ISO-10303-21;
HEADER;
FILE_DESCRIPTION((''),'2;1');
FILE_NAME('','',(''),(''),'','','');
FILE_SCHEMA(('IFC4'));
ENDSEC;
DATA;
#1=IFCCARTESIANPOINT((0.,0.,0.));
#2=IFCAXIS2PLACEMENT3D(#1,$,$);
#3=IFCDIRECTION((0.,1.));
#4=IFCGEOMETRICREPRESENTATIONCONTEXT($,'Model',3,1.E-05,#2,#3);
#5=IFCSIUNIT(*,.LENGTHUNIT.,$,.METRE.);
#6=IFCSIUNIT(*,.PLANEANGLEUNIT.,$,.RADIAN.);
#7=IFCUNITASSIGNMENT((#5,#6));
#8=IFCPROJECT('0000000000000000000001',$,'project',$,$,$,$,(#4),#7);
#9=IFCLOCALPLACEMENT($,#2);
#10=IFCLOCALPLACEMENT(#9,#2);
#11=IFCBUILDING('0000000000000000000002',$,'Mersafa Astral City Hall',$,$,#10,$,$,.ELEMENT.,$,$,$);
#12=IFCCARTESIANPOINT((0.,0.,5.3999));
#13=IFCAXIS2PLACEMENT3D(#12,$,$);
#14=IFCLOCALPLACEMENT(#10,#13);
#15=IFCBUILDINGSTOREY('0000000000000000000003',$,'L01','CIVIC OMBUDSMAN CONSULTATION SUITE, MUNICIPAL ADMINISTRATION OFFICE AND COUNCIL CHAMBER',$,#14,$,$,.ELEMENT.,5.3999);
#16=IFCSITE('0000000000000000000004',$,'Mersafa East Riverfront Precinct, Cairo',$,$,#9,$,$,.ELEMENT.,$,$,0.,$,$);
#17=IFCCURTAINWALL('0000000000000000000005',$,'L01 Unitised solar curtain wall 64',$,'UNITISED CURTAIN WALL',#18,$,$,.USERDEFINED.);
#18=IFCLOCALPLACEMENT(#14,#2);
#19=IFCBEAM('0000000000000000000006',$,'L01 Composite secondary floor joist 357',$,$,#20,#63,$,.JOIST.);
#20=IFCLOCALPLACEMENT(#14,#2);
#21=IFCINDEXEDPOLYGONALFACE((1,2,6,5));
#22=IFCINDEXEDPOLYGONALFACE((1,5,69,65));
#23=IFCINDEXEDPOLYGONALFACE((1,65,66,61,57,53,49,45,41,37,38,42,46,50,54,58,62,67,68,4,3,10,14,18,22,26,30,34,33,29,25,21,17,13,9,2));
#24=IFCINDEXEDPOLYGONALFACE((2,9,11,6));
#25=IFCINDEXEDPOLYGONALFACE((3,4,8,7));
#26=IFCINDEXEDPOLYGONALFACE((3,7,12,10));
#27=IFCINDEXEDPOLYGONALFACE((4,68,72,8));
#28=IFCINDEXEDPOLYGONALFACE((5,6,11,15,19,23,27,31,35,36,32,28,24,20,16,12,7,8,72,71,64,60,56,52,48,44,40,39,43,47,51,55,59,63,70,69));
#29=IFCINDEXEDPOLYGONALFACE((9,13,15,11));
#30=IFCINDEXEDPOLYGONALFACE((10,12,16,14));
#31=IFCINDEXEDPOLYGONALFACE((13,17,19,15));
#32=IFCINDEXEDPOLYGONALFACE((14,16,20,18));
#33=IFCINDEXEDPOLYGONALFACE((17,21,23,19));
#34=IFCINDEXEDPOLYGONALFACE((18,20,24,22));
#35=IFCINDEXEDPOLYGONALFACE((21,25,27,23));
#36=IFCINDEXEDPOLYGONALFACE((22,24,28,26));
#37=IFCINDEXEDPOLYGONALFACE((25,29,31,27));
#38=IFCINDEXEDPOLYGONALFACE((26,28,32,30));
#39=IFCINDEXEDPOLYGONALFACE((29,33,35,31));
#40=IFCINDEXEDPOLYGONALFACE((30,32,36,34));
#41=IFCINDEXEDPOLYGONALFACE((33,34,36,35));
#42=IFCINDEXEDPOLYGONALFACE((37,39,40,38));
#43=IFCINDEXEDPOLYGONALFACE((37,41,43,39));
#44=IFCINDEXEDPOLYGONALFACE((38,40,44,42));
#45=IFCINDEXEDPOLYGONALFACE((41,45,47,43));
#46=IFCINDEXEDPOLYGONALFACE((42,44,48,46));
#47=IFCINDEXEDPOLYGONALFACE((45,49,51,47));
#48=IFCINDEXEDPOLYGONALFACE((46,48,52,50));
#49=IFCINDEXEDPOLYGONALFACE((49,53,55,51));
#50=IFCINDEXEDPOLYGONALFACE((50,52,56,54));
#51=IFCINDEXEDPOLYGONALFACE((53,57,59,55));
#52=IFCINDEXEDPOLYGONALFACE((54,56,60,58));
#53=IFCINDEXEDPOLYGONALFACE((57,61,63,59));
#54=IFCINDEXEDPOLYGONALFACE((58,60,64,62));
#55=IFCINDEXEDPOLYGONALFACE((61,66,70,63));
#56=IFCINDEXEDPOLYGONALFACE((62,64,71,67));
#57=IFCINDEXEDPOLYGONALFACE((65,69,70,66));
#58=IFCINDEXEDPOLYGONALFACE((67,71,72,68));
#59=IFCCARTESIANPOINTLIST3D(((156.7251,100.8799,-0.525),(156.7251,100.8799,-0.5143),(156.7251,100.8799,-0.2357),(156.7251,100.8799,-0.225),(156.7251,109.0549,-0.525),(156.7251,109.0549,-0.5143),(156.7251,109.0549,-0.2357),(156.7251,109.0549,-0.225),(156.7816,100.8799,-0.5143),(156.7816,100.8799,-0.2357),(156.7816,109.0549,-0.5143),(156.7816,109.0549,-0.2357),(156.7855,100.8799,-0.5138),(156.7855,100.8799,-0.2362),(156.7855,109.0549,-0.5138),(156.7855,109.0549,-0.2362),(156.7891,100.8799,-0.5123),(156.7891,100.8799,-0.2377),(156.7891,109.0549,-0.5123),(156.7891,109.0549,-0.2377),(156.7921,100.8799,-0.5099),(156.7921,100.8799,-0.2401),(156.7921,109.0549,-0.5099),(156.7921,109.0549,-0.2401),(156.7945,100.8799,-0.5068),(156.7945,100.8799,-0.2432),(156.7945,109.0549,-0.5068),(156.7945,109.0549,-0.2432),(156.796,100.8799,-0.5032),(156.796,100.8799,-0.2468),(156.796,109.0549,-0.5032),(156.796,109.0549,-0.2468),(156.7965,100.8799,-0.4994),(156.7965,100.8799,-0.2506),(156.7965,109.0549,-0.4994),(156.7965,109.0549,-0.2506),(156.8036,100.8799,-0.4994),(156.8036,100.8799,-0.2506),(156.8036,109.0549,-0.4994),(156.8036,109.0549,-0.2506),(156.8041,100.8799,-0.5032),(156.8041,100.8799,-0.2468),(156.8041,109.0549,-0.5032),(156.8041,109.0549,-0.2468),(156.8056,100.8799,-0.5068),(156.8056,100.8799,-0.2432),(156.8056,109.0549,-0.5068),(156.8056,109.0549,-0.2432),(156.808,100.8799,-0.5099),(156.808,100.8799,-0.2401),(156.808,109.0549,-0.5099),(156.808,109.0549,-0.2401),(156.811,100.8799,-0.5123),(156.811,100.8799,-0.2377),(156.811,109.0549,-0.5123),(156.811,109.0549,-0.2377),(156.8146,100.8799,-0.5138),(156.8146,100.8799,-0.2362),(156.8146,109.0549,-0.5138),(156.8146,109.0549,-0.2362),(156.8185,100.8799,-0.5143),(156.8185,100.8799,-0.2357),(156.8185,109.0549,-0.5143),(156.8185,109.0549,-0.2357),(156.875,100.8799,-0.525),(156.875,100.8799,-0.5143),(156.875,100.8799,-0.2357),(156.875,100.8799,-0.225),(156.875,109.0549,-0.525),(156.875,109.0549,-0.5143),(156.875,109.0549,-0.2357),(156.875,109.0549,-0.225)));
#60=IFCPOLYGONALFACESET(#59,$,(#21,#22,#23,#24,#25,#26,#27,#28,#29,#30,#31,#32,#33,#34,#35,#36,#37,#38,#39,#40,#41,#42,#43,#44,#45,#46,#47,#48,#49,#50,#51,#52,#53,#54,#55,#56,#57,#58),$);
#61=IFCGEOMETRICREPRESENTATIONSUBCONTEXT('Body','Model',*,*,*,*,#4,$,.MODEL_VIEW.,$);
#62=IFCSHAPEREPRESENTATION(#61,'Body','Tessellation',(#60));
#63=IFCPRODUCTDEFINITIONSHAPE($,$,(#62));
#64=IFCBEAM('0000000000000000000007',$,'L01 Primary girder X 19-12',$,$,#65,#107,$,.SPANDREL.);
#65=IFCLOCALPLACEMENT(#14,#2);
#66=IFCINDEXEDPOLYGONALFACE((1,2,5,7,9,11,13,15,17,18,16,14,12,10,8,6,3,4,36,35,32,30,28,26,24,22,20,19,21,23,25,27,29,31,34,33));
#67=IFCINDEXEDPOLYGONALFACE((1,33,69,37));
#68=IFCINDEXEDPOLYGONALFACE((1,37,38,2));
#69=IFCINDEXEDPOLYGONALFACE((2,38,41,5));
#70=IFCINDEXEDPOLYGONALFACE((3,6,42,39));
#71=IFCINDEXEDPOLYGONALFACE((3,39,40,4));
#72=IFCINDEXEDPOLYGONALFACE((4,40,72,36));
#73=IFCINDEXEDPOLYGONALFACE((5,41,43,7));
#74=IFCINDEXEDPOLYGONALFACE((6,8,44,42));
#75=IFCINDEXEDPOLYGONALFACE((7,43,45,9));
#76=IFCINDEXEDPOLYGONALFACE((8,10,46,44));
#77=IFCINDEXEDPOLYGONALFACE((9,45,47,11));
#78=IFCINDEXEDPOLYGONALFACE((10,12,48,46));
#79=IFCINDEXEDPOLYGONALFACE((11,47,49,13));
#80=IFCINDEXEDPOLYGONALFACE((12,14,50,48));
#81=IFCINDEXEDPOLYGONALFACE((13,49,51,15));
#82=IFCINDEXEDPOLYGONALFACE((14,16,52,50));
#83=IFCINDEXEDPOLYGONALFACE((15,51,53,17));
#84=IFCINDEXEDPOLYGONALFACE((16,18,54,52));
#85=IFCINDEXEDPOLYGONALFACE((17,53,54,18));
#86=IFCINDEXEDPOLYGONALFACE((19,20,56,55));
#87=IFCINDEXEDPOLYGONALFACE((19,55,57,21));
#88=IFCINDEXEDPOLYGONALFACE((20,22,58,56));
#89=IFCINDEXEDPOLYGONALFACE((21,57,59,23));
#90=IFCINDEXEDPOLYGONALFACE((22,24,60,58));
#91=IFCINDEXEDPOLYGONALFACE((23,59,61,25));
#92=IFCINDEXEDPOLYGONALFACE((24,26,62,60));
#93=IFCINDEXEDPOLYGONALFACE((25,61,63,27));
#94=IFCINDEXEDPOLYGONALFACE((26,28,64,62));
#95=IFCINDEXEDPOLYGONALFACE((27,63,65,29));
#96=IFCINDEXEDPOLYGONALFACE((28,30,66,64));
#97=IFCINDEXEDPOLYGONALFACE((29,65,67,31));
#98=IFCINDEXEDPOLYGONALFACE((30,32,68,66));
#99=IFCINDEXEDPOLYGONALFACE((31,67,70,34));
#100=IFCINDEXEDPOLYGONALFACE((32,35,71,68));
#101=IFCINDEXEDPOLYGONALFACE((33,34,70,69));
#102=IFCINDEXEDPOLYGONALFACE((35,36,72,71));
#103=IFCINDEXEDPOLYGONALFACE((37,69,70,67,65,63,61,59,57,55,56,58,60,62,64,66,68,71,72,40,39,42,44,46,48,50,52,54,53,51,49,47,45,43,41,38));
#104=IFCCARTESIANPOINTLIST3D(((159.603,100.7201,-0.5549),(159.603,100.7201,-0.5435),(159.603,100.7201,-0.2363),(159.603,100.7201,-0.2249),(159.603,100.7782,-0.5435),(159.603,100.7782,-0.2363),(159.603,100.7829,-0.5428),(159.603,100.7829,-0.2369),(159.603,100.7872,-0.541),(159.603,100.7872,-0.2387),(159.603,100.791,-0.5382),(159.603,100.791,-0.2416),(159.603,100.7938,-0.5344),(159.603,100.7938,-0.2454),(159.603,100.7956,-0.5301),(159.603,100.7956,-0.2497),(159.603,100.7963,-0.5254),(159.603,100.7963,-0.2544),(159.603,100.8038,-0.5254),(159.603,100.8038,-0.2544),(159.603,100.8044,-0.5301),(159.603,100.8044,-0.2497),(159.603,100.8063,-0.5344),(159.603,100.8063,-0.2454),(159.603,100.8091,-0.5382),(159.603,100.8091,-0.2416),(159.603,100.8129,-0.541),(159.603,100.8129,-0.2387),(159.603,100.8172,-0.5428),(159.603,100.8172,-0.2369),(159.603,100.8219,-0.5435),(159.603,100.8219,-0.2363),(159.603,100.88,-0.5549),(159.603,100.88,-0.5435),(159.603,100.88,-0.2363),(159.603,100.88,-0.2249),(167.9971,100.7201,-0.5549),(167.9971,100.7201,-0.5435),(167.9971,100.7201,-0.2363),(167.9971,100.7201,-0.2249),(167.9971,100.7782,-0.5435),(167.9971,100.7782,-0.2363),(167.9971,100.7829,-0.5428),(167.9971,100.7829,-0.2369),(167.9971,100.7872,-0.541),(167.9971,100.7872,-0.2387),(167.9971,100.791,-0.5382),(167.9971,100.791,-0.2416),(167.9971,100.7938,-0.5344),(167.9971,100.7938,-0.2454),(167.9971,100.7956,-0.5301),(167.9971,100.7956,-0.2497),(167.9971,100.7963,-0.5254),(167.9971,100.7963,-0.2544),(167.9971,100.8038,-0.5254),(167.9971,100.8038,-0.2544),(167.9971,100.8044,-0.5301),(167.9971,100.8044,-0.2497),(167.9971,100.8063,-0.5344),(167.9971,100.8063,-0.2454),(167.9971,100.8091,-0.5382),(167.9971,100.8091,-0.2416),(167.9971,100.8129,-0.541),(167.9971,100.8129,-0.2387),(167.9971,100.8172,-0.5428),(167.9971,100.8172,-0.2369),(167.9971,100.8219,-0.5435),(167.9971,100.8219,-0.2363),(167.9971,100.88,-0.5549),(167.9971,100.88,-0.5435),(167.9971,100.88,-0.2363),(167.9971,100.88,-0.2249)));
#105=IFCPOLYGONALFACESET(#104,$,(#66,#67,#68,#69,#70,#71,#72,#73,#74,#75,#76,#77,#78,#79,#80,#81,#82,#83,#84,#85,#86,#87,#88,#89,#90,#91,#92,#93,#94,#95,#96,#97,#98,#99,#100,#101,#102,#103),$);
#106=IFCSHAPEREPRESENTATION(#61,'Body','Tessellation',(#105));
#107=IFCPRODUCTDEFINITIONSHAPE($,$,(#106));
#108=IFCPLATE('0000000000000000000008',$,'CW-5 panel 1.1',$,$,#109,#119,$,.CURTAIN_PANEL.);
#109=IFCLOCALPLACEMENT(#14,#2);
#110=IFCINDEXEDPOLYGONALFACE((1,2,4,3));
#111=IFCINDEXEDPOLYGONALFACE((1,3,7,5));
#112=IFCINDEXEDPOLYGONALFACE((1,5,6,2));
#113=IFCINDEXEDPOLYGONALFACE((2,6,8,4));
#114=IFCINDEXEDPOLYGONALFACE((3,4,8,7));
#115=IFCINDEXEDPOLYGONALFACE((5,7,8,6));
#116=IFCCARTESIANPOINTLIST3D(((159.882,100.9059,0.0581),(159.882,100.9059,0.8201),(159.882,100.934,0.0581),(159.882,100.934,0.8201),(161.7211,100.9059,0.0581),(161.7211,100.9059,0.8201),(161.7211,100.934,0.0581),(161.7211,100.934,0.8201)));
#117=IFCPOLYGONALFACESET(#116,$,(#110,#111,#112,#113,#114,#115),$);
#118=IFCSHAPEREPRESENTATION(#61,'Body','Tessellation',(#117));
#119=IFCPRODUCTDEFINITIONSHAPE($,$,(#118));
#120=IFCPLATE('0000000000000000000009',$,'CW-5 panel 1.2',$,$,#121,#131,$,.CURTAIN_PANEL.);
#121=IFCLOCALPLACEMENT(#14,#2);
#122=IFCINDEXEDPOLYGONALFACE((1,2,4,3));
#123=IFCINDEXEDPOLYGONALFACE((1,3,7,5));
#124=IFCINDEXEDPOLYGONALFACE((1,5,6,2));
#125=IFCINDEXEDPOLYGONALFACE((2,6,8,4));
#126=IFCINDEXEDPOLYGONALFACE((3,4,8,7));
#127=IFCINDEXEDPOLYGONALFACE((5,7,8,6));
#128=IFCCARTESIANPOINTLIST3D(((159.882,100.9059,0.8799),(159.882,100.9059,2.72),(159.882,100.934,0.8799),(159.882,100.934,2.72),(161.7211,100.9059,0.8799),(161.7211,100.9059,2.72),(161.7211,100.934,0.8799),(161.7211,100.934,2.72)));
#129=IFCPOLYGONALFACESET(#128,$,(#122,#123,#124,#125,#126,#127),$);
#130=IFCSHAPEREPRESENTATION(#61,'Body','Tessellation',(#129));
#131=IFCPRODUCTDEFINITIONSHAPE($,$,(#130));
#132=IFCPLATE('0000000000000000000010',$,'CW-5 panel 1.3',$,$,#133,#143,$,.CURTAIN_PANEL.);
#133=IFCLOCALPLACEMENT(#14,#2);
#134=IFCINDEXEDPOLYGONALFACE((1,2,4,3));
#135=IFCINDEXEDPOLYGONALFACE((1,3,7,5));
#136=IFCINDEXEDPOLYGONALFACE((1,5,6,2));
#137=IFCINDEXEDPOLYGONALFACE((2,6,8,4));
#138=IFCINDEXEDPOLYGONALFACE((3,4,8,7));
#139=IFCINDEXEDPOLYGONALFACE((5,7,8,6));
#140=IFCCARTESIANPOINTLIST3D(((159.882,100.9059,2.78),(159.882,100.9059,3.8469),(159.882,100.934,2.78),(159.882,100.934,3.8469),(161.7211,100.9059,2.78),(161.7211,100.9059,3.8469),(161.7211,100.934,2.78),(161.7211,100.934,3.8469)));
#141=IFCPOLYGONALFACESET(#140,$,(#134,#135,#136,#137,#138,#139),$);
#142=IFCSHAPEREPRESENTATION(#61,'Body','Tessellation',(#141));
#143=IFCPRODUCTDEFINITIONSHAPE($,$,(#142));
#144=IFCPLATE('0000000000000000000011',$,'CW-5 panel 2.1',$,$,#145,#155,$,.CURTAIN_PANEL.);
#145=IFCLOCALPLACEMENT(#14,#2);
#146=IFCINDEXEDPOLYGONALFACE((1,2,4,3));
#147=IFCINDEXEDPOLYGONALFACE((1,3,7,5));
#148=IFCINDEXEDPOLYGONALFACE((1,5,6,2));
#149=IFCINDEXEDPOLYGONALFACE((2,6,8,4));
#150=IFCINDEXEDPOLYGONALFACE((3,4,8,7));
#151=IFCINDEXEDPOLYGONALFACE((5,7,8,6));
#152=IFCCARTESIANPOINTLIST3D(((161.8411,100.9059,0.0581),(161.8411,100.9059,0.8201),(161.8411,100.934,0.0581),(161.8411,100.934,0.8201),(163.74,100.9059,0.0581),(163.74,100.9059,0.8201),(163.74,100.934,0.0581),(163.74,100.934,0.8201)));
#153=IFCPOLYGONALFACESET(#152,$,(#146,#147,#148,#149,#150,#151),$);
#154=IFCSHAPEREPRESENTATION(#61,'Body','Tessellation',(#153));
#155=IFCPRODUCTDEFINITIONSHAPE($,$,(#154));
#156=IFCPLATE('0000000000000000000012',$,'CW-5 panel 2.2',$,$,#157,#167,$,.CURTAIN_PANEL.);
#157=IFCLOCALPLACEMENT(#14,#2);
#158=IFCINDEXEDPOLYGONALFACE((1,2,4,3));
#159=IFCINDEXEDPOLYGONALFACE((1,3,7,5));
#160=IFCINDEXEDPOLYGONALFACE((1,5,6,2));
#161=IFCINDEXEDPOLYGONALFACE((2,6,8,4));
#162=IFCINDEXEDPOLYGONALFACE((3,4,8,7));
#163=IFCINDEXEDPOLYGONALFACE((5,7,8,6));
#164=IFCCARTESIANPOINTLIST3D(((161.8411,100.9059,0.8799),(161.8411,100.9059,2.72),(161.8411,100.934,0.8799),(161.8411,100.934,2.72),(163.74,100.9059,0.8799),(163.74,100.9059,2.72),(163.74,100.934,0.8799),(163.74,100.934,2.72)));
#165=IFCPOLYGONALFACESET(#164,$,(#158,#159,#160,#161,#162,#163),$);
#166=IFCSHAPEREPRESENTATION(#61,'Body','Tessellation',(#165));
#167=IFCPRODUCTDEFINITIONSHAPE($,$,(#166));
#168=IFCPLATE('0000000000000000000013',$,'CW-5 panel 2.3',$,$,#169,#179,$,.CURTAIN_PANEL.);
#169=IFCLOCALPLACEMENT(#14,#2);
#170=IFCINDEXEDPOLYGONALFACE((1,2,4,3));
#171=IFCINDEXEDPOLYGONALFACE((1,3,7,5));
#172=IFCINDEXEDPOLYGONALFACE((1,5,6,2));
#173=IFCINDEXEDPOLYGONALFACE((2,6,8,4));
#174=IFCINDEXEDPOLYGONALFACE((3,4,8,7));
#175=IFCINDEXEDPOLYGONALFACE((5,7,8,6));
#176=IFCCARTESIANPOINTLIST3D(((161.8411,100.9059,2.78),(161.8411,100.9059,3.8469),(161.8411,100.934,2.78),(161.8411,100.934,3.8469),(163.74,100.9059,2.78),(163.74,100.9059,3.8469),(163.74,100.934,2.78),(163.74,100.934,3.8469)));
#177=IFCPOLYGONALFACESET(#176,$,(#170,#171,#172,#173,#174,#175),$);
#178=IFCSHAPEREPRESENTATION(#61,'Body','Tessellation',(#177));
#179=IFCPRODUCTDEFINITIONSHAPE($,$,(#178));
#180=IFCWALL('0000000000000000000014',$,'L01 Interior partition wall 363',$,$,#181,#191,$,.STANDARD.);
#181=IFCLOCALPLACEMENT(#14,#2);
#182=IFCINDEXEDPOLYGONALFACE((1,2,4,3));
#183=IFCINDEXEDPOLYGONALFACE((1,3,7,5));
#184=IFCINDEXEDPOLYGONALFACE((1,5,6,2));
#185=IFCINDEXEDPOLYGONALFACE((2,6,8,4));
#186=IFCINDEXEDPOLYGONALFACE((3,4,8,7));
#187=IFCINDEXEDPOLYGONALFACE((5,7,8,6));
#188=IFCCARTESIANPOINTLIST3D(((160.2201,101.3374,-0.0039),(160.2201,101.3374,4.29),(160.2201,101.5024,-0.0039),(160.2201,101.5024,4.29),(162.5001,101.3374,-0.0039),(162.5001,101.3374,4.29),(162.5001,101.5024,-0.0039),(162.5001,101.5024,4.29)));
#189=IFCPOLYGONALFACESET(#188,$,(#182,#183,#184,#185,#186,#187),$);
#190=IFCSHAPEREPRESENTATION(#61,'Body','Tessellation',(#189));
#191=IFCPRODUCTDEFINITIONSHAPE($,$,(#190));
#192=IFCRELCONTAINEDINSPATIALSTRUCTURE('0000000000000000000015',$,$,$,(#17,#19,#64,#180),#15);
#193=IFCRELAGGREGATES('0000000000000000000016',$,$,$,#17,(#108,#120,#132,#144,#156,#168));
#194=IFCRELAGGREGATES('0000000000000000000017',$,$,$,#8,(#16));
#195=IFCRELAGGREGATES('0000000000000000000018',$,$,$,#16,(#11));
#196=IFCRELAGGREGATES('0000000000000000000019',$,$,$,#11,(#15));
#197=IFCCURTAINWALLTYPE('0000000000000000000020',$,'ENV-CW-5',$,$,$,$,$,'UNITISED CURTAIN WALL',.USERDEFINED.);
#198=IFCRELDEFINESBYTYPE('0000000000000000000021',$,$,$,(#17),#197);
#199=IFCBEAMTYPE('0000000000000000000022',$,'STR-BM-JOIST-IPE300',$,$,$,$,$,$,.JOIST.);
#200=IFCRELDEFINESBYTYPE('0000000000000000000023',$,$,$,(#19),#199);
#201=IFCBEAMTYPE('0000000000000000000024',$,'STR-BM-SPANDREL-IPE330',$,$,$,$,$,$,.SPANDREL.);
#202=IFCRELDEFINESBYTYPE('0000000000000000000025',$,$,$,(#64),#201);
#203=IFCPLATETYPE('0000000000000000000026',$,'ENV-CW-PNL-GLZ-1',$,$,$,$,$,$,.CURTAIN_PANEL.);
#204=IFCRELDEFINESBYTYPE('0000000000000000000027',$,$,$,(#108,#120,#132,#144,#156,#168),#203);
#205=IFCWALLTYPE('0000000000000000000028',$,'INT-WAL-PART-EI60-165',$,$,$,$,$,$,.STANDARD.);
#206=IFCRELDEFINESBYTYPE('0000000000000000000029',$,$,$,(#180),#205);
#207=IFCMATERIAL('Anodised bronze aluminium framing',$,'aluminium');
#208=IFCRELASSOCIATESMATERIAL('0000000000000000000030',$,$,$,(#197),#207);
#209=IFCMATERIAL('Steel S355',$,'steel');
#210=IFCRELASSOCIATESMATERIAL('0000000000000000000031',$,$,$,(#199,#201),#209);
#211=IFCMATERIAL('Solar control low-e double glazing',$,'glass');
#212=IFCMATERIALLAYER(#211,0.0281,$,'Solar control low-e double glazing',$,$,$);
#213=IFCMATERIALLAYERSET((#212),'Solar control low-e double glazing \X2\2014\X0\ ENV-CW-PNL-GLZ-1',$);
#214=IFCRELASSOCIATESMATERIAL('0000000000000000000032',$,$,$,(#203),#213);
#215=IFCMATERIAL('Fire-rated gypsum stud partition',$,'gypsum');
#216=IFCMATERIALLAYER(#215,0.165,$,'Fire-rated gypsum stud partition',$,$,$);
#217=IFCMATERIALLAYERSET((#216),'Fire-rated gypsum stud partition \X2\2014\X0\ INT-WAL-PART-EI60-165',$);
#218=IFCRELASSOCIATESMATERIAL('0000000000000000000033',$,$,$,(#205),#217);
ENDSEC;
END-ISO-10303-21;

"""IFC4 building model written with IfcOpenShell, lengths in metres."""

from ifc_helpers import new_model, si_unit, direction, frame, frame_2d, origin, origin_2d, place, context, subcontext, project, spatial, rectangle, i_section, extrude, material, layer, layer_set, material_profile, profile_set, type_object, element, aggregate, save


model = new_model("IFC4")

# Units and contexts
model_context = context("Model", 3, precision=1e-05, world=origin(), true_north=direction((0.0, 1.0)))
body_context = subcontext(model_context, "Body", "Model", "MODEL_VIEW")
ifc_project = project(units=[si_unit("LENGTHUNIT", "METRE"), si_unit("PLANEANGLEUNIT", "RADIAN")], contexts=[model_context])

# Site, building, storey
site_placement = place(None, origin())
site = spatial("IfcSite", under=ifc_project, at=site_placement, Name="Mersafa East Riverfront Precinct, Cairo", CompositionType="ELEMENT", RefElevation=0.0)
building_placement = place(site_placement, origin())
building = spatial("IfcBuilding", under=site, at=building_placement, Name="Mersafa Astral City Hall", CompositionType="ELEMENT")
storey_placement = place(building_placement, frame((0.0, 0.0, 5.3999)))
storey = spatial("IfcBuildingStorey", under=building, at=storey_placement, Name="L01", Description="CIVIC OMBUDSMAN CONSULTATION SUITE, MUNICIPAL ADMINISTRATION OFFICE AND COUNCIL CHAMBER", CompositionType="ELEMENT", Elevation=5.3999)

# Shared definitions
ifc_material_1 = material(Name="Steel S355", Category="steel")

# Curtain wall
ifc_material_2 = material(Name="Anodised bronze aluminium framing", Category="aluminium")
curtain_wall_type = type_object("IfcCurtainWallType", Name="ENV-CW-5", ElementType="UNITISED CURTAIN WALL", PredefinedType="USERDEFINED", material=ifc_material_2)
curtain_wall_placement = place(storey_placement, origin())
curtain_wall = element("IfcCurtainWall", 1, at=curtain_wall_placement, inside=storey, type_object=curtain_wall_type, Name="L01 Unitised solar curtain wall 64", ObjectType="UNITISED CURTAIN WALL", PredefinedType="USERDEFINED")

# Beams
ifc_material_profile_1 = material_profile(ifc_material_1, i_section(OverallWidth=0.1499, OverallDepth=0.3, WebThickness=0.0071, FlangeThickness=0.0107, FilletRadius=0.0149, at=origin_2d()), Name="IPE 300")
ifc_profile_set_1 = profile_set([ifc_material_profile_1], Name="Steel S355")
beam_type_1 = type_object("IfcBeamType", Name="STR-BM-JOIST-IPE300", PredefinedType="JOIST", material=ifc_profile_set_1)
for number, where, z_axis, x_axis, name in (
    (2, (156.8, 100.8799, -0.375), (0.0, 1.0, 0.0), (-1.0, 0.0, 0.0), "L01 Composite secondary floor joist 357"),
):
    element("IfcBeam", number, at=place(storey_placement, frame(where, z_axis=z_axis, x_axis=x_axis)), inside=storey, type_object=beam_type_1, Name=name, PredefinedType="JOIST", context=body_context, shape_type="SweptSolid", body=[
        extrude(i_section(OverallWidth=0.1499, OverallDepth=0.3, WebThickness=0.0071, FlangeThickness=0.0107, FilletRadius=0.0149, at=origin_2d()), origin(), (0.0, 0.0, 1.0), 8.175),
    ])
ifc_material_profile_2 = material_profile(ifc_material_1, i_section(OverallWidth=0.1599, OverallDepth=0.3301, WebThickness=0.0076, FlangeThickness=0.0115, FilletRadius=0.0181, at=origin_2d()), Name="IPE 330")
ifc_profile_set_2 = profile_set([ifc_material_profile_2], Name="Steel S355")
beam_type_2 = type_object("IfcBeamType", Name="STR-BM-SPANDREL-IPE330", PredefinedType="SPANDREL", material=ifc_profile_set_2)
beam_1_placement = place(storey_placement, frame((159.603, 100.8, -0.3899), z_axis=(1.0, 0.0, 0.0), x_axis=(0.0, 1.0, 0.0)))
element("IfcBeam", 3, at=beam_1_placement, inside=storey, type_object=beam_type_2, Name="L01 Primary girder X 19-12", PredefinedType="SPANDREL", context=body_context, shape_type="SweptSolid", body=[
    extrude(i_section(OverallWidth=0.1599, OverallDepth=0.3301, WebThickness=0.0076, FlangeThickness=0.0115, FilletRadius=0.0181, at=origin_2d()), origin(), (0.0, 0.0, 1.0), 8.394),
])

# Plates
ifc_material_3 = material(Name="Solar control low-e double glazing", Category="glass")
ifc_layer_1 = layer(ifc_material_3, 0.0281, Name="Solar control low-e double glazing")
ifc_layer_set_1 = layer_set([ifc_layer_1], Name="Solar control low-e double glazing — ENV-CW-PNL-GLZ-1")
plate_type = type_object("IfcPlateType", Name="ENV-CW-PNL-GLZ-1", PredefinedType="CURTAIN_PANEL", material=ifc_layer_set_1)
plate_1_placement = place(storey_placement, frame((160.8015, 100.9199, 0.0581), z_axis=(0.0, 0.0, 1.0), x_axis=(1.0, 0.0, 0.0)))
plate_1 = element("IfcPlate", 4, at=plate_1_placement, type_object=plate_type, Name="CW-5 panel 1.1", PredefinedType="CURTAIN_PANEL", context=body_context, shape_type="SweptSolid", body=[
    extrude(rectangle(XDim=1.8391, YDim=0.0281, at=origin_2d()), origin(), (0.0, 0.0, 1.0), 0.762),
])
plate_2_placement = place(storey_placement, frame((160.8015, 100.9199, 0.8799), z_axis=(0.0, 0.0, 1.0), x_axis=(1.0, 0.0, 0.0)))
plate_2 = element("IfcPlate", 5, at=plate_2_placement, type_object=plate_type, Name="CW-5 panel 1.2", PredefinedType="CURTAIN_PANEL", context=body_context, shape_type="SweptSolid", body=[
    extrude(rectangle(XDim=1.8391, YDim=0.0281, at=origin_2d()), origin(), (0.0, 0.0, 1.0), 1.8401),
])
plate_3_placement = place(storey_placement, frame((160.8015, 100.9199, 2.78), z_axis=(0.0, 0.0, 1.0), x_axis=(1.0, 0.0, 0.0)))
plate_3 = element("IfcPlate", 6, at=plate_3_placement, type_object=plate_type, Name="CW-5 panel 1.3", PredefinedType="CURTAIN_PANEL", context=body_context, shape_type="SweptSolid", body=[
    extrude(rectangle(XDim=1.8391, YDim=0.0281, at=origin_2d()), origin(), (0.0, 0.0, 1.0), 1.0669),
])
plate_4_placement = place(storey_placement, frame((162.7905, 100.9199, 0.0581), z_axis=(0.0, 0.0, 1.0), x_axis=(1.0, 0.0, 0.0)))
plate_4 = element("IfcPlate", 7, at=plate_4_placement, type_object=plate_type, Name="CW-5 panel 2.1", PredefinedType="CURTAIN_PANEL", context=body_context, shape_type="SweptSolid", body=[
    extrude(rectangle(XDim=1.8989, YDim=0.0281, at=origin_2d()), origin(), (0.0, 0.0, 1.0), 0.762),
])
plate_5_placement = place(storey_placement, frame((162.7905, 100.9199, 0.8799), z_axis=(0.0, 0.0, 1.0), x_axis=(1.0, 0.0, 0.0)))
plate_5 = element("IfcPlate", 8, at=plate_5_placement, type_object=plate_type, Name="CW-5 panel 2.2", PredefinedType="CURTAIN_PANEL", context=body_context, shape_type="SweptSolid", body=[
    extrude(rectangle(XDim=1.8989, YDim=0.0281, at=origin_2d()), origin(), (0.0, 0.0, 1.0), 1.8401),
])
plate_6_placement = place(storey_placement, frame((162.7905, 100.9199, 2.78), z_axis=(0.0, 0.0, 1.0), x_axis=(1.0, 0.0, 0.0)))
plate_6 = element("IfcPlate", 9, at=plate_6_placement, type_object=plate_type, Name="CW-5 panel 2.3", PredefinedType="CURTAIN_PANEL", context=body_context, shape_type="SweptSolid", body=[
    extrude(rectangle(XDim=1.8989, YDim=0.0281, at=origin_2d()), origin(), (0.0, 0.0, 1.0), 1.0669),
])
aggregate(curtain_wall, [plate_1, plate_2, plate_3, plate_4, plate_5, plate_6])

# Wall
ifc_material_4 = material(Name="Fire-rated gypsum stud partition", Category="gypsum")
ifc_layer_2 = layer(ifc_material_4, 0.165, Name="Fire-rated gypsum stud partition")
ifc_layer_set_2 = layer_set([ifc_layer_2], Name="Fire-rated gypsum stud partition — INT-WAL-PART-EI60-165")
wall_type_1 = type_object("IfcWallType", Name="INT-WAL-PART-EI60-165", PredefinedType="STANDARD", material=ifc_layer_set_2)
wall_1_placement = place(storey_placement, frame((160.22, 101.4199, -0.0039), z_axis=(0.0, 0.0, 1.0), x_axis=(1.0, 0.0, 0.0)))
element("IfcWall", 10, at=wall_1_placement, inside=storey, type_object=wall_type_1, Name="L01 Interior partition wall 363", PredefinedType="STANDARD", context=body_context, shape_type="SweptSolid", body=[
    extrude(rectangle(XDim=2.28, YDim=0.165, at=frame_2d((1.1401, 0.0))), origin(), (0.0, 0.0, 1.0), 4.2939),
])

save(model, "model.ifc")
